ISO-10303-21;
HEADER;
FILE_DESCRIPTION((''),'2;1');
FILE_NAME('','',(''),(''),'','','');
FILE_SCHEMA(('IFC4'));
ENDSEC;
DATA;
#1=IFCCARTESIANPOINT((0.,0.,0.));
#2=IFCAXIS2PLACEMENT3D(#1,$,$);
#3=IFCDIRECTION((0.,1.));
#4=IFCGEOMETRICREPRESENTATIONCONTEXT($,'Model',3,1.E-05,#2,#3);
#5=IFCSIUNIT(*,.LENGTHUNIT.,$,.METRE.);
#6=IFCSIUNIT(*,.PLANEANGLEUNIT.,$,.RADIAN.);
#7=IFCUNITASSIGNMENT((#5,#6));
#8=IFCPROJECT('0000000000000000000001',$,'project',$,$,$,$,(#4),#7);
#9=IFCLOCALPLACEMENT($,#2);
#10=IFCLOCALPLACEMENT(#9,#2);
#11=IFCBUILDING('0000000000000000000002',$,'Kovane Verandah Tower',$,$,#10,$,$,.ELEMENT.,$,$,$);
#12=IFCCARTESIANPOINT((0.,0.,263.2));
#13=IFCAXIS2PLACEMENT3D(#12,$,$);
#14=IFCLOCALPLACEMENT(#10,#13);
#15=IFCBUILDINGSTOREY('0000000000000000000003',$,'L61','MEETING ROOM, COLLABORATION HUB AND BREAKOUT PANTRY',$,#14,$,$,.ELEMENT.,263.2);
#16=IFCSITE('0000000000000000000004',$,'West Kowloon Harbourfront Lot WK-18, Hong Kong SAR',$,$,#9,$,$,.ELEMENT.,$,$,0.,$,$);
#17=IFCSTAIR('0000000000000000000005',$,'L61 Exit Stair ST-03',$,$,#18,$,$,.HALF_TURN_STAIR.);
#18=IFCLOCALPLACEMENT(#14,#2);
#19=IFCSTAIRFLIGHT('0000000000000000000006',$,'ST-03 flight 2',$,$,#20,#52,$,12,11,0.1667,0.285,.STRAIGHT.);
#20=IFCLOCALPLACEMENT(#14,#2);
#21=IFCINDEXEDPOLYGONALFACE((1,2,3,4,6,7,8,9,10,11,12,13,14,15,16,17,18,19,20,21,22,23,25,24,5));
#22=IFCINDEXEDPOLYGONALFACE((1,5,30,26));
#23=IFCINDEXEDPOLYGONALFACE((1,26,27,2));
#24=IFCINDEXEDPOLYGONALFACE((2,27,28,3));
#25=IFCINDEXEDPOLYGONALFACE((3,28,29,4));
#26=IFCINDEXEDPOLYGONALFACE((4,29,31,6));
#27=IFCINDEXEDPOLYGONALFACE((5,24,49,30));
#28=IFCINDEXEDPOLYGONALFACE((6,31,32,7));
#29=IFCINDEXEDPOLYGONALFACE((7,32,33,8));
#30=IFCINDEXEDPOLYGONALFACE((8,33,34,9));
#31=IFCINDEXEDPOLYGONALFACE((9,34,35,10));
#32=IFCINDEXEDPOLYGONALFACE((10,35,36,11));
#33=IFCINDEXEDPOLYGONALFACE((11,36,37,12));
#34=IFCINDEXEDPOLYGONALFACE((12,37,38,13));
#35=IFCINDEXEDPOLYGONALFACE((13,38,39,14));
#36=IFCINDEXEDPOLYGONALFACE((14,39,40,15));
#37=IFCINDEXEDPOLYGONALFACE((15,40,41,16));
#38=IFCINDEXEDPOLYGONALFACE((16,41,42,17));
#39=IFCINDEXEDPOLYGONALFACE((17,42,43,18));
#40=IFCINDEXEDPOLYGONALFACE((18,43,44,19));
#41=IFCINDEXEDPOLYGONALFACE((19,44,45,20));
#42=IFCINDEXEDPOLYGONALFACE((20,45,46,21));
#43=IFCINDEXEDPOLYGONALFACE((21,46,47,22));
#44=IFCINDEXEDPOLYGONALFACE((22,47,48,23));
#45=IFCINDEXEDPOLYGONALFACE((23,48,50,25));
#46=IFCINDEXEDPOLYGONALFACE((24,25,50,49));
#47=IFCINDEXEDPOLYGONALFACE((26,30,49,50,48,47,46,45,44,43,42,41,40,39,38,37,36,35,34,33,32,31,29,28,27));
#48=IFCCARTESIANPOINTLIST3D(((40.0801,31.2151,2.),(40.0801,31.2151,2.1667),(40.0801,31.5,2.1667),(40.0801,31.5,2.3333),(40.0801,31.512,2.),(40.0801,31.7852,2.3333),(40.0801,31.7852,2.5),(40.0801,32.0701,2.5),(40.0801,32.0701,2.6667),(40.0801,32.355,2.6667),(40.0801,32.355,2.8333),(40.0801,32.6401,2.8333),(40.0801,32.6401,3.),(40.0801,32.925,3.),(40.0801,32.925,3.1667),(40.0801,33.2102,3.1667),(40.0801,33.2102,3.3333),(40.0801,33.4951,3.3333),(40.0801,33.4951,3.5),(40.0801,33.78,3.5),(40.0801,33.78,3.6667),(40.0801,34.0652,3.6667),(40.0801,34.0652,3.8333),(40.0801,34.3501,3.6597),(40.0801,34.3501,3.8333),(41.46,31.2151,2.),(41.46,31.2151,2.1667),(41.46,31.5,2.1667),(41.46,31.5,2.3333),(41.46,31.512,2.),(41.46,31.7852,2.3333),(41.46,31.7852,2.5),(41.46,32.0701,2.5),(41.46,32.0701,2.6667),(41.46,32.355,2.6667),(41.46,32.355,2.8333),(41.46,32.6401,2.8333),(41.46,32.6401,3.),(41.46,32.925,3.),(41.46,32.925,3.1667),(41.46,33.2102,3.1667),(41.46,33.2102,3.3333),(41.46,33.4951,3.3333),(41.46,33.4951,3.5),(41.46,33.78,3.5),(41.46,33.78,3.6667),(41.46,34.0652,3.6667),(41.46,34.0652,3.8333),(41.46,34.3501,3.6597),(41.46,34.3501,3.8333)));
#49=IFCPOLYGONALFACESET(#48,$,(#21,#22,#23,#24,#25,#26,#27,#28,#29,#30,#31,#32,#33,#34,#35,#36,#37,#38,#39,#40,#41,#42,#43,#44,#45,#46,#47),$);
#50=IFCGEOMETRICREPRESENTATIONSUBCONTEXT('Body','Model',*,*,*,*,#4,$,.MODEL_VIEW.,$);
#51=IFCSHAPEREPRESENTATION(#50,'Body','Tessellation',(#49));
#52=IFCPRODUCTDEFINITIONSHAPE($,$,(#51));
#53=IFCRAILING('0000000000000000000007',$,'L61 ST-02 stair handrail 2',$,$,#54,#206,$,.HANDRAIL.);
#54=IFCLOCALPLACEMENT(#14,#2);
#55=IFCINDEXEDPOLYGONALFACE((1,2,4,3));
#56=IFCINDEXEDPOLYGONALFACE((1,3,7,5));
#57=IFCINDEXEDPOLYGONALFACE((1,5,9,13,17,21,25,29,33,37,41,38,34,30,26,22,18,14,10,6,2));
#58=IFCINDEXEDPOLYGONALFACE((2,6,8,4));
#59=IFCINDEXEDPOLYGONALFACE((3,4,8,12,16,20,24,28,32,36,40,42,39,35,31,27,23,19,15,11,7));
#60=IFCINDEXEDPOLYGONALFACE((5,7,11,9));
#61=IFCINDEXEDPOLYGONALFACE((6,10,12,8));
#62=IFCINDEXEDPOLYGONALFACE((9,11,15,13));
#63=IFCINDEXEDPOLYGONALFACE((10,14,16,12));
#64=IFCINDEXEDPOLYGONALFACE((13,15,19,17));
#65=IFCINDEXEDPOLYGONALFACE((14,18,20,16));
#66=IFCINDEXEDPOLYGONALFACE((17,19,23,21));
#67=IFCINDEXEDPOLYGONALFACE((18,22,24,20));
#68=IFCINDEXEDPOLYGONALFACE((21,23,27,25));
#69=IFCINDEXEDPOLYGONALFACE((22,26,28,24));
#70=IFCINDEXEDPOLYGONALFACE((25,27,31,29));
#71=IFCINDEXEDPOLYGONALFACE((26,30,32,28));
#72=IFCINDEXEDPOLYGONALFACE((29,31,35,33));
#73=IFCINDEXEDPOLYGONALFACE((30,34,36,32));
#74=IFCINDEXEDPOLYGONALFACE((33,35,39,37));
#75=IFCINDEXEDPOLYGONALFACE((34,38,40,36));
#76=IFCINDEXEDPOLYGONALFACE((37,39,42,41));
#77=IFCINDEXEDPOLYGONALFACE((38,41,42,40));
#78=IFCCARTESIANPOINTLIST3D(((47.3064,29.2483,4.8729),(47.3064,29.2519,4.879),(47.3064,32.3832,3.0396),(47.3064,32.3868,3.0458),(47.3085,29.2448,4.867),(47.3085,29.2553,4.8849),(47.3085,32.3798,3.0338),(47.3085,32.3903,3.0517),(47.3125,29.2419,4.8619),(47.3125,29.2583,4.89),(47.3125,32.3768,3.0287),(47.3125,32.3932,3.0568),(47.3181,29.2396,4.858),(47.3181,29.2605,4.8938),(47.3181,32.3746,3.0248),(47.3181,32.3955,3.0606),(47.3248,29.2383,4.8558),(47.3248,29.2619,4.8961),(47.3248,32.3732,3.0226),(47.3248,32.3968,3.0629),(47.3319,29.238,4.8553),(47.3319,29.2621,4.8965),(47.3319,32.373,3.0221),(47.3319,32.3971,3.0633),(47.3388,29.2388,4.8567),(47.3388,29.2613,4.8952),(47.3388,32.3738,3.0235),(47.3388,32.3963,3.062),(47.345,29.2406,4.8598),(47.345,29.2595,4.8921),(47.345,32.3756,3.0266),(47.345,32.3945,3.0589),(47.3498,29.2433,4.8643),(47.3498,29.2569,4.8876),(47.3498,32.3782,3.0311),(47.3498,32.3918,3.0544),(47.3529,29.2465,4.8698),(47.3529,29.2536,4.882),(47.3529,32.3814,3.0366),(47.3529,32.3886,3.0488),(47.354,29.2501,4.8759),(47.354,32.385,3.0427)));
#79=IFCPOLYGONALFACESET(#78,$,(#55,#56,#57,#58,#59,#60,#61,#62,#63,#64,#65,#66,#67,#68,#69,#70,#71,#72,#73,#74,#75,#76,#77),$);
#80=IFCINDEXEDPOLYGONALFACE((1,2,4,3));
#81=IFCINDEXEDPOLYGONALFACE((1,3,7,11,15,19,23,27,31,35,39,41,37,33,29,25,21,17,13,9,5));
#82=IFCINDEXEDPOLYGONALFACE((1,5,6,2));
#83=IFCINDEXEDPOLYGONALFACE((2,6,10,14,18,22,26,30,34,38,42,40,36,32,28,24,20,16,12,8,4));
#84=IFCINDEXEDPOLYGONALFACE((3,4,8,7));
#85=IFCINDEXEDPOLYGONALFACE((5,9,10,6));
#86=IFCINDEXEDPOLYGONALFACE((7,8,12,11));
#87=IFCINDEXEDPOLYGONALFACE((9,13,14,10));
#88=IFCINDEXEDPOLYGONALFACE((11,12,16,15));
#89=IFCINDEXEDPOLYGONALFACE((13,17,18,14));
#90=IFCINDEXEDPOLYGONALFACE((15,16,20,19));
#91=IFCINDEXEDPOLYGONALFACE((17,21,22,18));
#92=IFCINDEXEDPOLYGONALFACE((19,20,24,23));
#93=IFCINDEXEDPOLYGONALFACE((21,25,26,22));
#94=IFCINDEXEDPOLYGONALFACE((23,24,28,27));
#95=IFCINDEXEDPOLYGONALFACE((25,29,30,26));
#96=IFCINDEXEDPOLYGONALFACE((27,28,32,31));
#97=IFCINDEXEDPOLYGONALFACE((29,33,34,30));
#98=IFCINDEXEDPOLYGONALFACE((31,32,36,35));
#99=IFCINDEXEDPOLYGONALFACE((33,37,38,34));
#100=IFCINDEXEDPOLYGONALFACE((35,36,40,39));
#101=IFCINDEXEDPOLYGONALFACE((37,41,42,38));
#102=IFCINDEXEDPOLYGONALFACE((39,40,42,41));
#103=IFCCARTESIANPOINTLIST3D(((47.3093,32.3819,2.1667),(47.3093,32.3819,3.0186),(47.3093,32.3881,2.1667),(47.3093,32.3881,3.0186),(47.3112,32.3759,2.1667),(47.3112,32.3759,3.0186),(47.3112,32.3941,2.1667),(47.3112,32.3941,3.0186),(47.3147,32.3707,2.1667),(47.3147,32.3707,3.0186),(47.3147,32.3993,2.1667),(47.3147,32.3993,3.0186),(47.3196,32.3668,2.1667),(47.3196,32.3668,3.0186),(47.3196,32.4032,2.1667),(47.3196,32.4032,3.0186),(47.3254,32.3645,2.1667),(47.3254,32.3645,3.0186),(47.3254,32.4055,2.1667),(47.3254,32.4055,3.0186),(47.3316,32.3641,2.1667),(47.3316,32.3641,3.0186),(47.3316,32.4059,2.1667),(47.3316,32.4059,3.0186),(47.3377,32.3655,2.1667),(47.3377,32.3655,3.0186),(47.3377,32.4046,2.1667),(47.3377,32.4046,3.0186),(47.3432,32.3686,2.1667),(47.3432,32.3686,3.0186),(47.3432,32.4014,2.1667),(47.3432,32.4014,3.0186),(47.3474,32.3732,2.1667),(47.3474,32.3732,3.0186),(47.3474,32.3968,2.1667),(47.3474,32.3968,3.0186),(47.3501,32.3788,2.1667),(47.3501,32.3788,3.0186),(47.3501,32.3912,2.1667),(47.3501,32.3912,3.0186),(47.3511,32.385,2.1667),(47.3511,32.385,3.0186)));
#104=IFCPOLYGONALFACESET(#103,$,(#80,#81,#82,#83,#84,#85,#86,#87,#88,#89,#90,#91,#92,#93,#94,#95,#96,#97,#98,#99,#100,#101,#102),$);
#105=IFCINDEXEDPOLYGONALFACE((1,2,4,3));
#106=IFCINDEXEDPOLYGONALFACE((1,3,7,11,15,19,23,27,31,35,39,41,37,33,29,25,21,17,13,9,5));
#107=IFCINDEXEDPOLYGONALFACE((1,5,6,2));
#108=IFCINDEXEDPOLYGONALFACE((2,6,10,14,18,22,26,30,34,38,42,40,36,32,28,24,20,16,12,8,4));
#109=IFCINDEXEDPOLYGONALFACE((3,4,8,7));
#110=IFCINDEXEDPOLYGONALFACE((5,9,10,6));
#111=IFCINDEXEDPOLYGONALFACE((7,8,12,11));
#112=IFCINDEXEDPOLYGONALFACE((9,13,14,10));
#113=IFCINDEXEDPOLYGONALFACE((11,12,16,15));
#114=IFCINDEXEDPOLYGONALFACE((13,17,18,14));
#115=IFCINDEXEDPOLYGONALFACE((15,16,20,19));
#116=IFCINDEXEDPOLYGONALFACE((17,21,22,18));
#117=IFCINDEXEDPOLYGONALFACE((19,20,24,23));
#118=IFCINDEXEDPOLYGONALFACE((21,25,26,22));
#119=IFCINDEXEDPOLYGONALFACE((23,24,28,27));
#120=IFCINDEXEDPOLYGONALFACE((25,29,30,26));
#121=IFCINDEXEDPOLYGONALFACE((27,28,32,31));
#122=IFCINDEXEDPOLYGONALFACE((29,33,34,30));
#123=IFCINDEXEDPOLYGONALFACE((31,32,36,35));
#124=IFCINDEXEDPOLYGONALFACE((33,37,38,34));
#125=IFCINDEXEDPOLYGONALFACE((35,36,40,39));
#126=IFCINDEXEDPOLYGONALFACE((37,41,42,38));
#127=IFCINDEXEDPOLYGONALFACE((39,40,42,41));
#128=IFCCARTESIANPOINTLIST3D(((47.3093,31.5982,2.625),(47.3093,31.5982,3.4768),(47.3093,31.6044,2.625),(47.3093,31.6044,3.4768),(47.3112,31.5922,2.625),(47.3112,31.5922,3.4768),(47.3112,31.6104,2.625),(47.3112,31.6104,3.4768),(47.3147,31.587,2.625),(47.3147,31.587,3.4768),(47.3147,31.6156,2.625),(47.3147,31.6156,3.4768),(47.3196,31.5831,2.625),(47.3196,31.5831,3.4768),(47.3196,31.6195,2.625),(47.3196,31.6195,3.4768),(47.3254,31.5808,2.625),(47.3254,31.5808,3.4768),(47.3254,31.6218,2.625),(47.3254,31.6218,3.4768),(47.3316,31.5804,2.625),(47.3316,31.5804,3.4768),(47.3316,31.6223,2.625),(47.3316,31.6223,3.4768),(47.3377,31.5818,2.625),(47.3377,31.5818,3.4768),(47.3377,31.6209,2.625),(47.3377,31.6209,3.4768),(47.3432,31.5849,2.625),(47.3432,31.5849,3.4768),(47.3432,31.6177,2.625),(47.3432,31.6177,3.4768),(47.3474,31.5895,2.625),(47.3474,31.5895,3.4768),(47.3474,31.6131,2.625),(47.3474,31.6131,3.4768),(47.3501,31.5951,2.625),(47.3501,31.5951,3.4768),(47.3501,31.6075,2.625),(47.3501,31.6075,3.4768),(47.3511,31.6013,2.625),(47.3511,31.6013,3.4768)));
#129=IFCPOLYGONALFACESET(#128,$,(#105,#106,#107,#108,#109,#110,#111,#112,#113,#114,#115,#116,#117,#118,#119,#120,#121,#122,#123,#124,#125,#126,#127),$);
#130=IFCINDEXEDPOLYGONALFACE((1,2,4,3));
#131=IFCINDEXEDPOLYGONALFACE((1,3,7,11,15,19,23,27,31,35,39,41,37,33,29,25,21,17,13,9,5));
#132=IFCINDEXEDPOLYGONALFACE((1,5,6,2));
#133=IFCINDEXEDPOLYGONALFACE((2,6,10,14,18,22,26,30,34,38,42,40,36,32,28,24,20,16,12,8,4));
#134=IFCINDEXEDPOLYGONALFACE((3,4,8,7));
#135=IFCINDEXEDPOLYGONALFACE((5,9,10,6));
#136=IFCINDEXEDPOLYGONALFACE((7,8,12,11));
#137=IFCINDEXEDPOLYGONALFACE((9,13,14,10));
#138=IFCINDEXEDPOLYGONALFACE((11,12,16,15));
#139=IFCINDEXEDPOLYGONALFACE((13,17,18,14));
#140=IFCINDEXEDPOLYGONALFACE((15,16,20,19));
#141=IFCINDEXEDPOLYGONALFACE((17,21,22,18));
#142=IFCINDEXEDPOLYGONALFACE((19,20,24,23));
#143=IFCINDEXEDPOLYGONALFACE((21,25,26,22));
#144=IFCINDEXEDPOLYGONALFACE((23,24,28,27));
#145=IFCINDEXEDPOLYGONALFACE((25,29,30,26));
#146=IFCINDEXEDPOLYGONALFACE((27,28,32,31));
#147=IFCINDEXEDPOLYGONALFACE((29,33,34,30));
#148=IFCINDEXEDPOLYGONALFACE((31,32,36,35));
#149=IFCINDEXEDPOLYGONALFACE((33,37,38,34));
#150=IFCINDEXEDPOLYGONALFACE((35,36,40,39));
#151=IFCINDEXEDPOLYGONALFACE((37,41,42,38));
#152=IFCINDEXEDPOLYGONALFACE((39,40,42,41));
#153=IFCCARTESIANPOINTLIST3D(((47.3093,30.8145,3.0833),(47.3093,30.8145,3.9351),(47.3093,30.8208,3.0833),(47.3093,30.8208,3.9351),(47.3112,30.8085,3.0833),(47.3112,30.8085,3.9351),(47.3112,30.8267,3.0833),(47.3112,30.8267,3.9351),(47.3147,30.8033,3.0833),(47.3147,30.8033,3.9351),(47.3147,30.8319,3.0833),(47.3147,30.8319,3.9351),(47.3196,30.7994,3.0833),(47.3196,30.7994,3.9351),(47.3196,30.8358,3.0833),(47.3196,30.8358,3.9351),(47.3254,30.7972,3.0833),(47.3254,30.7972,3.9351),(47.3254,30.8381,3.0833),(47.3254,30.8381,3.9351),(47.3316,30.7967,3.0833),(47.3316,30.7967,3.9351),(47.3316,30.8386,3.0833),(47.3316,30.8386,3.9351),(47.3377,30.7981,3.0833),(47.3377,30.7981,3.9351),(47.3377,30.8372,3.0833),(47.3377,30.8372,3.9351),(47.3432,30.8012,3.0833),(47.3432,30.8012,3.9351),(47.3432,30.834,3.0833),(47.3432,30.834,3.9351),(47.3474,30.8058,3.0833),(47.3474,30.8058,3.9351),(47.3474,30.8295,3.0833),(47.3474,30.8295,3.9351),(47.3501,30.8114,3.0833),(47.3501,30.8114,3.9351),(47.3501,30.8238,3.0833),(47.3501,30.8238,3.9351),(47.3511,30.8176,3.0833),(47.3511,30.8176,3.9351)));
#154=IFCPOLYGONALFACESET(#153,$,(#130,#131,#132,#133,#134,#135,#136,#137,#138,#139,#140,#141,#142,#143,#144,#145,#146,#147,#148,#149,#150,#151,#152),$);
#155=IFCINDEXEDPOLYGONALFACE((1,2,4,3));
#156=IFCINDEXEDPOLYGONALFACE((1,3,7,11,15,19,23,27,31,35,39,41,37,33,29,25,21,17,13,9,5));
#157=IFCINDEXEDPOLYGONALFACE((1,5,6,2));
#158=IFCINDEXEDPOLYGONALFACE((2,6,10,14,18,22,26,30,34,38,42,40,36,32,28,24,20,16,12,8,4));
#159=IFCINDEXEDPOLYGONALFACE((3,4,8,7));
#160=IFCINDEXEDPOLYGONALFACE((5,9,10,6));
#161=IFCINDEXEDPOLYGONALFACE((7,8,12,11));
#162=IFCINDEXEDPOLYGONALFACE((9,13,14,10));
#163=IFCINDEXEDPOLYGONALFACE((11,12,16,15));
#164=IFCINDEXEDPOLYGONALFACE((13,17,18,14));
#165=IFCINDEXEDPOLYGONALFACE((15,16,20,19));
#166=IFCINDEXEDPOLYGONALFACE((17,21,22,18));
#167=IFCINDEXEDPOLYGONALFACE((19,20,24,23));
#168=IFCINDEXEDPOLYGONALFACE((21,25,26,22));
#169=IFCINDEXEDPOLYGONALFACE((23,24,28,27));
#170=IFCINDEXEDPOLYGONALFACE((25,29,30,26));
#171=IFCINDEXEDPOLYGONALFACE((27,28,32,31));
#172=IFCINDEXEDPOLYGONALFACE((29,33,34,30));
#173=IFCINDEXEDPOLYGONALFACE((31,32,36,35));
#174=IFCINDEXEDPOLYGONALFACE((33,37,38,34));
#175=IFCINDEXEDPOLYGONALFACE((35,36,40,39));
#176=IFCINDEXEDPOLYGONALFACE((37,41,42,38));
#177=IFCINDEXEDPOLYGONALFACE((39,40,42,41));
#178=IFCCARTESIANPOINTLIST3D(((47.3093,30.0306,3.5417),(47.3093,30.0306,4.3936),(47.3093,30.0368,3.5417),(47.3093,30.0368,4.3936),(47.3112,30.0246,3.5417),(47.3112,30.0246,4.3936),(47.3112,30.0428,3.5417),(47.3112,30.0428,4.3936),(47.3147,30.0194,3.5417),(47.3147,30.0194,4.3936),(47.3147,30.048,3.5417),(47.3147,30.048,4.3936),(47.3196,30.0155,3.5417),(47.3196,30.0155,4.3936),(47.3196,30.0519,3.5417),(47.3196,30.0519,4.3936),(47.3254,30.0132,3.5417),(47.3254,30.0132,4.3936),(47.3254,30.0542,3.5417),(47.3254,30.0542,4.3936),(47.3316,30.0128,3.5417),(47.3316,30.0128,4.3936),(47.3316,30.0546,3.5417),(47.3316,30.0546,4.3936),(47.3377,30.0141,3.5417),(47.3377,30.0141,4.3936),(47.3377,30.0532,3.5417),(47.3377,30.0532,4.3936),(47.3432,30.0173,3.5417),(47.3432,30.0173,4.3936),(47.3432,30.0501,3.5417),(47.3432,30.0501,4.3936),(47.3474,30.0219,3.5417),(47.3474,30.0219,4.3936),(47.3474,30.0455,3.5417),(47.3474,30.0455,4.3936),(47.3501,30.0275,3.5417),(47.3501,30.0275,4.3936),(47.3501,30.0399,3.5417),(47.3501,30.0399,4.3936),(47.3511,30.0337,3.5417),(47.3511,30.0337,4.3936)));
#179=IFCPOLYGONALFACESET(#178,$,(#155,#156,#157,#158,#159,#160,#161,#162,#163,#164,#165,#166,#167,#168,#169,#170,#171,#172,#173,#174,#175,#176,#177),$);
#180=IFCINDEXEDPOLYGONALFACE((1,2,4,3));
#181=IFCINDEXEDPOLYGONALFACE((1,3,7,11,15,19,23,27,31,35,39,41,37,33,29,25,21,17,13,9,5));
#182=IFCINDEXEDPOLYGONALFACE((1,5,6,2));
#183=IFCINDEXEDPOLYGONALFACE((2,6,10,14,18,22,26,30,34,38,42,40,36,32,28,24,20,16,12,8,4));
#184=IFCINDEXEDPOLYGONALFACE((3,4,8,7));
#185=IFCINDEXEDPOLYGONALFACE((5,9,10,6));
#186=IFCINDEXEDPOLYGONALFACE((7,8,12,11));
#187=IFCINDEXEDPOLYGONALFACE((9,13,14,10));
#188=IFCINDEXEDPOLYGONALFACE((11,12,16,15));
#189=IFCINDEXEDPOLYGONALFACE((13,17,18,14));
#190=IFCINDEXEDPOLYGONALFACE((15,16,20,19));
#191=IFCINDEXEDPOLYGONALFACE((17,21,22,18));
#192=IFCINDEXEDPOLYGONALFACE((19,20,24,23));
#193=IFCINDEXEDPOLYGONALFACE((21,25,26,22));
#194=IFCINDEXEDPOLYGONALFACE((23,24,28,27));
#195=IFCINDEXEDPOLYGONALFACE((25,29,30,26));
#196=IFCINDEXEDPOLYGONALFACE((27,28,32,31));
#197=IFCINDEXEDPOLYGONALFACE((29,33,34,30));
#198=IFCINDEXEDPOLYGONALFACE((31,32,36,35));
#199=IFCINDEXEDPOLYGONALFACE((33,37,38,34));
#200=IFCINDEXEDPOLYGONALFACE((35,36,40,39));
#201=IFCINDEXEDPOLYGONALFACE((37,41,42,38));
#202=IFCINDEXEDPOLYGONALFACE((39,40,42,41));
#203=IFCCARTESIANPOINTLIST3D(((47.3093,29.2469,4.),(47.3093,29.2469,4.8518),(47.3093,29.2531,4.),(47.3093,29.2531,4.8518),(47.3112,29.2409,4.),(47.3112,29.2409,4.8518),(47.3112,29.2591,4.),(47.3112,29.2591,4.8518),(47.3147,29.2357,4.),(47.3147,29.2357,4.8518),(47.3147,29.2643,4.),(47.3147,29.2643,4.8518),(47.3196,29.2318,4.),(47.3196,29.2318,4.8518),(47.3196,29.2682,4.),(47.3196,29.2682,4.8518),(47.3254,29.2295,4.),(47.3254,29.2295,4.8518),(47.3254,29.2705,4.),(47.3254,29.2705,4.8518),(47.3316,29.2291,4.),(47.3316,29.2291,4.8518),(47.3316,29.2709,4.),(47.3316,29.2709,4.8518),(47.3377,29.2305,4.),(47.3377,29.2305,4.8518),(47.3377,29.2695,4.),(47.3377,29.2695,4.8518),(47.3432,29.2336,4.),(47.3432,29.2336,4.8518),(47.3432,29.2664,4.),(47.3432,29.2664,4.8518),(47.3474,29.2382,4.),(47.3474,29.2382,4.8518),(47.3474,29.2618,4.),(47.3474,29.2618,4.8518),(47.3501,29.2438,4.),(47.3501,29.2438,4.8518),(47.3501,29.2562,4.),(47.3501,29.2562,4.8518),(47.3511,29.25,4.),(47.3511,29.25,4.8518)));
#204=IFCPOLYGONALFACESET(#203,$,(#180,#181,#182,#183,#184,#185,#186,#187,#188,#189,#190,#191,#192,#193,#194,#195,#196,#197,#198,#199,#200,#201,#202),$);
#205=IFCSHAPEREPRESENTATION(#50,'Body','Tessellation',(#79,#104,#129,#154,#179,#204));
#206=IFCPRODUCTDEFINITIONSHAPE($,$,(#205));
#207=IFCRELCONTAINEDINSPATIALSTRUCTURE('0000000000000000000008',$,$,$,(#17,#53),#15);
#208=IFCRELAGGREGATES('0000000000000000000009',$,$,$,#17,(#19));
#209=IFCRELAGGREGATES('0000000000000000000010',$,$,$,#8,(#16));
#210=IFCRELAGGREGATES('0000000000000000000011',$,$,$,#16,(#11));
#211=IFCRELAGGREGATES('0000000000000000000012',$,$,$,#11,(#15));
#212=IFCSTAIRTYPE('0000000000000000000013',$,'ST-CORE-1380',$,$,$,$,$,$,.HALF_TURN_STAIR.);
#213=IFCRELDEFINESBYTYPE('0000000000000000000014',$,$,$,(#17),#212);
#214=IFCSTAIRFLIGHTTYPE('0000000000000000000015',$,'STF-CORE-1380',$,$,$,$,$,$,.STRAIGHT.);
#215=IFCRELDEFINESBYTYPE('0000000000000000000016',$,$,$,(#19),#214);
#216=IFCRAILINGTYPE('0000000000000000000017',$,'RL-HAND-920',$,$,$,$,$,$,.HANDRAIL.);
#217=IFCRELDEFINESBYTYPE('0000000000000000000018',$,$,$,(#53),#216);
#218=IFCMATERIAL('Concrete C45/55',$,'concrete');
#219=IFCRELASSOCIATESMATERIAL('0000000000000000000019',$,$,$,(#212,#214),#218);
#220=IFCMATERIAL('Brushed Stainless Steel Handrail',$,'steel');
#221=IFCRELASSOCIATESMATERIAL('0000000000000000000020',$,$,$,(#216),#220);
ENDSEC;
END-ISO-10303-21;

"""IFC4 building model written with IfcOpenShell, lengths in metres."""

from ifc_helpers import new_model, si_unit, direction, frame, origin, origin_2d, place, context, subcontext, project, spatial, polyline, circle, outline, extrude, material, type_object, element, aggregate, save


model = new_model("IFC4")

# Units and contexts
model_context = context("Model", 3, precision=1e-05, world=origin(), true_north=direction((0.0, 1.0)))
body_context = subcontext(model_context, "Body", "Model", "MODEL_VIEW")
ifc_project = project(units=[si_unit("LENGTHUNIT", "METRE"), si_unit("PLANEANGLEUNIT", "RADIAN")], contexts=[model_context])

# Site, building, storey
site_placement = place(None, origin())
site = spatial("IfcSite", under=ifc_project, at=site_placement, Name="West Kowloon Harbourfront Lot WK-18, Hong Kong SAR", CompositionType="ELEMENT", RefElevation=0.0)
building_placement = place(site_placement, origin())
building = spatial("IfcBuilding", under=site, at=building_placement, Name="Kovane Verandah Tower", CompositionType="ELEMENT")
storey_placement = place(building_placement, frame((0.0, 0.0, 263.2)))
storey = spatial("IfcBuildingStorey", under=building, at=storey_placement, Name="L61", Description="MEETING ROOM, COLLABORATION HUB AND BREAKOUT PANTRY", CompositionType="ELEMENT", Elevation=263.2)

# Shared definitions
ifc_material_1 = material(Name="Concrete C45/55", Category="concrete")

# Stair, stair flight
stair_type = type_object("IfcStairType", Name="ST-CORE-1380", PredefinedType="HALF_TURN_STAIR", material=ifc_material_1)
stair_placement = place(storey_placement, origin())
stair = element("IfcStair", 1, at=stair_placement, inside=storey, type_object=stair_type, Name="L61 Exit Stair ST-03", PredefinedType="HALF_TURN_STAIR")
stair_flight_type = type_object("IfcStairFlightType", Name="STF-CORE-1380", PredefinedType="STRAIGHT", material=ifc_material_1)
stair_flight_placement = place(storey_placement, frame((40.77, 31.2151, 2.0), z_axis=(0.0, 0.0, 1.0), x_axis=(0.0, 1.0, 0.0)))
stair_flight = element("IfcStairFlight", 2, at=stair_flight_placement, type_object=stair_flight_type, Name="ST-03 flight 2", NumberOfRisers=12, NumberOfTreads=11, PredefinedType="STRAIGHT", RiserHeight=0.1667, TreadLength=0.285, context=body_context, shape_type="SweptSolid", body=[
    extrude(outline(polyline([(0.0, 0.0), (0.0, 0.1667), (0.2849, 0.1667), (0.2849, 0.3333), (0.5701, 0.3333), (0.5701, 0.5), (0.855, 0.5), (0.855, 0.6667), (1.1399, 0.6667), (1.1399, 0.8333), (1.425, 0.8333), (1.425, 1.0), (1.71, 1.0), (1.71, 1.1667), (1.9951, 1.1667), (1.9951, 1.3333), (2.28, 1.3333), (2.28, 1.5), (2.5649, 1.5), (2.5649, 1.6667), (2.8501, 1.6667), (2.8501, 1.8333), (3.135, 1.8333), (3.135, 2.0), (3.135, 1.6597), (0.2969, 0.0), (0.0, 0.0)])), frame((0.0, 0.6899, 0.0), z_axis=(0.0, -1.0, 0.0), x_axis=(1.0, 0.0, 0.0)), (0.0, 0.0, 1.0), 1.3799),
])
aggregate(stair, [stair_flight])

# Railing
ifc_material_2 = material(Name="Brushed Stainless Steel Handrail", Category="steel")
railing_type_1 = type_object("IfcRailingType", Name="RL-HAND-920", PredefinedType="HANDRAIL", material=ifc_material_2)
railing_1_placement = place(storey_placement, frame((47.3301, 32.385, 2.1667)))
element("IfcRailing", 3, at=railing_1_placement, inside=storey, type_object=railing_type_1, Name="L61 ST-02 stair handrail 2", PredefinedType="HANDRAIL", context=body_context, shape_type="SweptSolid", body=[
    extrude(circle(Radius=0.0239, at=origin_2d()), frame((0.0, 0.0, 0.876), z_axis=(0.0, -0.86324, 0.504794), x_axis=(1.0, 0.0, 0.0)), (0.0, 0.0, 1.0), 3.6316),
    extrude(circle(Radius=0.021, at=origin_2d()), origin(), (0.0, 0.0, 1.0), 0.8518),
    extrude(circle(Radius=0.021, at=origin_2d()), frame((0.0, -0.7837, 0.4583)), (0.0, 0.0, 1.0), 0.8518),
    extrude(circle(Radius=0.021, at=origin_2d()), frame((0.0, -1.5674, 0.9165)), (0.0, 0.0, 1.0), 0.8518),
    extrude(circle(Radius=0.021, at=origin_2d()), frame((0.0, -2.3513, 1.375)), (0.0, 0.0, 1.0), 0.8518),
    extrude(circle(Radius=0.021, at=origin_2d()), frame((0.0, -3.135, 1.8333)), (0.0, 0.0, 1.0), 0.8518),
])

save(model, "model.ifc")
